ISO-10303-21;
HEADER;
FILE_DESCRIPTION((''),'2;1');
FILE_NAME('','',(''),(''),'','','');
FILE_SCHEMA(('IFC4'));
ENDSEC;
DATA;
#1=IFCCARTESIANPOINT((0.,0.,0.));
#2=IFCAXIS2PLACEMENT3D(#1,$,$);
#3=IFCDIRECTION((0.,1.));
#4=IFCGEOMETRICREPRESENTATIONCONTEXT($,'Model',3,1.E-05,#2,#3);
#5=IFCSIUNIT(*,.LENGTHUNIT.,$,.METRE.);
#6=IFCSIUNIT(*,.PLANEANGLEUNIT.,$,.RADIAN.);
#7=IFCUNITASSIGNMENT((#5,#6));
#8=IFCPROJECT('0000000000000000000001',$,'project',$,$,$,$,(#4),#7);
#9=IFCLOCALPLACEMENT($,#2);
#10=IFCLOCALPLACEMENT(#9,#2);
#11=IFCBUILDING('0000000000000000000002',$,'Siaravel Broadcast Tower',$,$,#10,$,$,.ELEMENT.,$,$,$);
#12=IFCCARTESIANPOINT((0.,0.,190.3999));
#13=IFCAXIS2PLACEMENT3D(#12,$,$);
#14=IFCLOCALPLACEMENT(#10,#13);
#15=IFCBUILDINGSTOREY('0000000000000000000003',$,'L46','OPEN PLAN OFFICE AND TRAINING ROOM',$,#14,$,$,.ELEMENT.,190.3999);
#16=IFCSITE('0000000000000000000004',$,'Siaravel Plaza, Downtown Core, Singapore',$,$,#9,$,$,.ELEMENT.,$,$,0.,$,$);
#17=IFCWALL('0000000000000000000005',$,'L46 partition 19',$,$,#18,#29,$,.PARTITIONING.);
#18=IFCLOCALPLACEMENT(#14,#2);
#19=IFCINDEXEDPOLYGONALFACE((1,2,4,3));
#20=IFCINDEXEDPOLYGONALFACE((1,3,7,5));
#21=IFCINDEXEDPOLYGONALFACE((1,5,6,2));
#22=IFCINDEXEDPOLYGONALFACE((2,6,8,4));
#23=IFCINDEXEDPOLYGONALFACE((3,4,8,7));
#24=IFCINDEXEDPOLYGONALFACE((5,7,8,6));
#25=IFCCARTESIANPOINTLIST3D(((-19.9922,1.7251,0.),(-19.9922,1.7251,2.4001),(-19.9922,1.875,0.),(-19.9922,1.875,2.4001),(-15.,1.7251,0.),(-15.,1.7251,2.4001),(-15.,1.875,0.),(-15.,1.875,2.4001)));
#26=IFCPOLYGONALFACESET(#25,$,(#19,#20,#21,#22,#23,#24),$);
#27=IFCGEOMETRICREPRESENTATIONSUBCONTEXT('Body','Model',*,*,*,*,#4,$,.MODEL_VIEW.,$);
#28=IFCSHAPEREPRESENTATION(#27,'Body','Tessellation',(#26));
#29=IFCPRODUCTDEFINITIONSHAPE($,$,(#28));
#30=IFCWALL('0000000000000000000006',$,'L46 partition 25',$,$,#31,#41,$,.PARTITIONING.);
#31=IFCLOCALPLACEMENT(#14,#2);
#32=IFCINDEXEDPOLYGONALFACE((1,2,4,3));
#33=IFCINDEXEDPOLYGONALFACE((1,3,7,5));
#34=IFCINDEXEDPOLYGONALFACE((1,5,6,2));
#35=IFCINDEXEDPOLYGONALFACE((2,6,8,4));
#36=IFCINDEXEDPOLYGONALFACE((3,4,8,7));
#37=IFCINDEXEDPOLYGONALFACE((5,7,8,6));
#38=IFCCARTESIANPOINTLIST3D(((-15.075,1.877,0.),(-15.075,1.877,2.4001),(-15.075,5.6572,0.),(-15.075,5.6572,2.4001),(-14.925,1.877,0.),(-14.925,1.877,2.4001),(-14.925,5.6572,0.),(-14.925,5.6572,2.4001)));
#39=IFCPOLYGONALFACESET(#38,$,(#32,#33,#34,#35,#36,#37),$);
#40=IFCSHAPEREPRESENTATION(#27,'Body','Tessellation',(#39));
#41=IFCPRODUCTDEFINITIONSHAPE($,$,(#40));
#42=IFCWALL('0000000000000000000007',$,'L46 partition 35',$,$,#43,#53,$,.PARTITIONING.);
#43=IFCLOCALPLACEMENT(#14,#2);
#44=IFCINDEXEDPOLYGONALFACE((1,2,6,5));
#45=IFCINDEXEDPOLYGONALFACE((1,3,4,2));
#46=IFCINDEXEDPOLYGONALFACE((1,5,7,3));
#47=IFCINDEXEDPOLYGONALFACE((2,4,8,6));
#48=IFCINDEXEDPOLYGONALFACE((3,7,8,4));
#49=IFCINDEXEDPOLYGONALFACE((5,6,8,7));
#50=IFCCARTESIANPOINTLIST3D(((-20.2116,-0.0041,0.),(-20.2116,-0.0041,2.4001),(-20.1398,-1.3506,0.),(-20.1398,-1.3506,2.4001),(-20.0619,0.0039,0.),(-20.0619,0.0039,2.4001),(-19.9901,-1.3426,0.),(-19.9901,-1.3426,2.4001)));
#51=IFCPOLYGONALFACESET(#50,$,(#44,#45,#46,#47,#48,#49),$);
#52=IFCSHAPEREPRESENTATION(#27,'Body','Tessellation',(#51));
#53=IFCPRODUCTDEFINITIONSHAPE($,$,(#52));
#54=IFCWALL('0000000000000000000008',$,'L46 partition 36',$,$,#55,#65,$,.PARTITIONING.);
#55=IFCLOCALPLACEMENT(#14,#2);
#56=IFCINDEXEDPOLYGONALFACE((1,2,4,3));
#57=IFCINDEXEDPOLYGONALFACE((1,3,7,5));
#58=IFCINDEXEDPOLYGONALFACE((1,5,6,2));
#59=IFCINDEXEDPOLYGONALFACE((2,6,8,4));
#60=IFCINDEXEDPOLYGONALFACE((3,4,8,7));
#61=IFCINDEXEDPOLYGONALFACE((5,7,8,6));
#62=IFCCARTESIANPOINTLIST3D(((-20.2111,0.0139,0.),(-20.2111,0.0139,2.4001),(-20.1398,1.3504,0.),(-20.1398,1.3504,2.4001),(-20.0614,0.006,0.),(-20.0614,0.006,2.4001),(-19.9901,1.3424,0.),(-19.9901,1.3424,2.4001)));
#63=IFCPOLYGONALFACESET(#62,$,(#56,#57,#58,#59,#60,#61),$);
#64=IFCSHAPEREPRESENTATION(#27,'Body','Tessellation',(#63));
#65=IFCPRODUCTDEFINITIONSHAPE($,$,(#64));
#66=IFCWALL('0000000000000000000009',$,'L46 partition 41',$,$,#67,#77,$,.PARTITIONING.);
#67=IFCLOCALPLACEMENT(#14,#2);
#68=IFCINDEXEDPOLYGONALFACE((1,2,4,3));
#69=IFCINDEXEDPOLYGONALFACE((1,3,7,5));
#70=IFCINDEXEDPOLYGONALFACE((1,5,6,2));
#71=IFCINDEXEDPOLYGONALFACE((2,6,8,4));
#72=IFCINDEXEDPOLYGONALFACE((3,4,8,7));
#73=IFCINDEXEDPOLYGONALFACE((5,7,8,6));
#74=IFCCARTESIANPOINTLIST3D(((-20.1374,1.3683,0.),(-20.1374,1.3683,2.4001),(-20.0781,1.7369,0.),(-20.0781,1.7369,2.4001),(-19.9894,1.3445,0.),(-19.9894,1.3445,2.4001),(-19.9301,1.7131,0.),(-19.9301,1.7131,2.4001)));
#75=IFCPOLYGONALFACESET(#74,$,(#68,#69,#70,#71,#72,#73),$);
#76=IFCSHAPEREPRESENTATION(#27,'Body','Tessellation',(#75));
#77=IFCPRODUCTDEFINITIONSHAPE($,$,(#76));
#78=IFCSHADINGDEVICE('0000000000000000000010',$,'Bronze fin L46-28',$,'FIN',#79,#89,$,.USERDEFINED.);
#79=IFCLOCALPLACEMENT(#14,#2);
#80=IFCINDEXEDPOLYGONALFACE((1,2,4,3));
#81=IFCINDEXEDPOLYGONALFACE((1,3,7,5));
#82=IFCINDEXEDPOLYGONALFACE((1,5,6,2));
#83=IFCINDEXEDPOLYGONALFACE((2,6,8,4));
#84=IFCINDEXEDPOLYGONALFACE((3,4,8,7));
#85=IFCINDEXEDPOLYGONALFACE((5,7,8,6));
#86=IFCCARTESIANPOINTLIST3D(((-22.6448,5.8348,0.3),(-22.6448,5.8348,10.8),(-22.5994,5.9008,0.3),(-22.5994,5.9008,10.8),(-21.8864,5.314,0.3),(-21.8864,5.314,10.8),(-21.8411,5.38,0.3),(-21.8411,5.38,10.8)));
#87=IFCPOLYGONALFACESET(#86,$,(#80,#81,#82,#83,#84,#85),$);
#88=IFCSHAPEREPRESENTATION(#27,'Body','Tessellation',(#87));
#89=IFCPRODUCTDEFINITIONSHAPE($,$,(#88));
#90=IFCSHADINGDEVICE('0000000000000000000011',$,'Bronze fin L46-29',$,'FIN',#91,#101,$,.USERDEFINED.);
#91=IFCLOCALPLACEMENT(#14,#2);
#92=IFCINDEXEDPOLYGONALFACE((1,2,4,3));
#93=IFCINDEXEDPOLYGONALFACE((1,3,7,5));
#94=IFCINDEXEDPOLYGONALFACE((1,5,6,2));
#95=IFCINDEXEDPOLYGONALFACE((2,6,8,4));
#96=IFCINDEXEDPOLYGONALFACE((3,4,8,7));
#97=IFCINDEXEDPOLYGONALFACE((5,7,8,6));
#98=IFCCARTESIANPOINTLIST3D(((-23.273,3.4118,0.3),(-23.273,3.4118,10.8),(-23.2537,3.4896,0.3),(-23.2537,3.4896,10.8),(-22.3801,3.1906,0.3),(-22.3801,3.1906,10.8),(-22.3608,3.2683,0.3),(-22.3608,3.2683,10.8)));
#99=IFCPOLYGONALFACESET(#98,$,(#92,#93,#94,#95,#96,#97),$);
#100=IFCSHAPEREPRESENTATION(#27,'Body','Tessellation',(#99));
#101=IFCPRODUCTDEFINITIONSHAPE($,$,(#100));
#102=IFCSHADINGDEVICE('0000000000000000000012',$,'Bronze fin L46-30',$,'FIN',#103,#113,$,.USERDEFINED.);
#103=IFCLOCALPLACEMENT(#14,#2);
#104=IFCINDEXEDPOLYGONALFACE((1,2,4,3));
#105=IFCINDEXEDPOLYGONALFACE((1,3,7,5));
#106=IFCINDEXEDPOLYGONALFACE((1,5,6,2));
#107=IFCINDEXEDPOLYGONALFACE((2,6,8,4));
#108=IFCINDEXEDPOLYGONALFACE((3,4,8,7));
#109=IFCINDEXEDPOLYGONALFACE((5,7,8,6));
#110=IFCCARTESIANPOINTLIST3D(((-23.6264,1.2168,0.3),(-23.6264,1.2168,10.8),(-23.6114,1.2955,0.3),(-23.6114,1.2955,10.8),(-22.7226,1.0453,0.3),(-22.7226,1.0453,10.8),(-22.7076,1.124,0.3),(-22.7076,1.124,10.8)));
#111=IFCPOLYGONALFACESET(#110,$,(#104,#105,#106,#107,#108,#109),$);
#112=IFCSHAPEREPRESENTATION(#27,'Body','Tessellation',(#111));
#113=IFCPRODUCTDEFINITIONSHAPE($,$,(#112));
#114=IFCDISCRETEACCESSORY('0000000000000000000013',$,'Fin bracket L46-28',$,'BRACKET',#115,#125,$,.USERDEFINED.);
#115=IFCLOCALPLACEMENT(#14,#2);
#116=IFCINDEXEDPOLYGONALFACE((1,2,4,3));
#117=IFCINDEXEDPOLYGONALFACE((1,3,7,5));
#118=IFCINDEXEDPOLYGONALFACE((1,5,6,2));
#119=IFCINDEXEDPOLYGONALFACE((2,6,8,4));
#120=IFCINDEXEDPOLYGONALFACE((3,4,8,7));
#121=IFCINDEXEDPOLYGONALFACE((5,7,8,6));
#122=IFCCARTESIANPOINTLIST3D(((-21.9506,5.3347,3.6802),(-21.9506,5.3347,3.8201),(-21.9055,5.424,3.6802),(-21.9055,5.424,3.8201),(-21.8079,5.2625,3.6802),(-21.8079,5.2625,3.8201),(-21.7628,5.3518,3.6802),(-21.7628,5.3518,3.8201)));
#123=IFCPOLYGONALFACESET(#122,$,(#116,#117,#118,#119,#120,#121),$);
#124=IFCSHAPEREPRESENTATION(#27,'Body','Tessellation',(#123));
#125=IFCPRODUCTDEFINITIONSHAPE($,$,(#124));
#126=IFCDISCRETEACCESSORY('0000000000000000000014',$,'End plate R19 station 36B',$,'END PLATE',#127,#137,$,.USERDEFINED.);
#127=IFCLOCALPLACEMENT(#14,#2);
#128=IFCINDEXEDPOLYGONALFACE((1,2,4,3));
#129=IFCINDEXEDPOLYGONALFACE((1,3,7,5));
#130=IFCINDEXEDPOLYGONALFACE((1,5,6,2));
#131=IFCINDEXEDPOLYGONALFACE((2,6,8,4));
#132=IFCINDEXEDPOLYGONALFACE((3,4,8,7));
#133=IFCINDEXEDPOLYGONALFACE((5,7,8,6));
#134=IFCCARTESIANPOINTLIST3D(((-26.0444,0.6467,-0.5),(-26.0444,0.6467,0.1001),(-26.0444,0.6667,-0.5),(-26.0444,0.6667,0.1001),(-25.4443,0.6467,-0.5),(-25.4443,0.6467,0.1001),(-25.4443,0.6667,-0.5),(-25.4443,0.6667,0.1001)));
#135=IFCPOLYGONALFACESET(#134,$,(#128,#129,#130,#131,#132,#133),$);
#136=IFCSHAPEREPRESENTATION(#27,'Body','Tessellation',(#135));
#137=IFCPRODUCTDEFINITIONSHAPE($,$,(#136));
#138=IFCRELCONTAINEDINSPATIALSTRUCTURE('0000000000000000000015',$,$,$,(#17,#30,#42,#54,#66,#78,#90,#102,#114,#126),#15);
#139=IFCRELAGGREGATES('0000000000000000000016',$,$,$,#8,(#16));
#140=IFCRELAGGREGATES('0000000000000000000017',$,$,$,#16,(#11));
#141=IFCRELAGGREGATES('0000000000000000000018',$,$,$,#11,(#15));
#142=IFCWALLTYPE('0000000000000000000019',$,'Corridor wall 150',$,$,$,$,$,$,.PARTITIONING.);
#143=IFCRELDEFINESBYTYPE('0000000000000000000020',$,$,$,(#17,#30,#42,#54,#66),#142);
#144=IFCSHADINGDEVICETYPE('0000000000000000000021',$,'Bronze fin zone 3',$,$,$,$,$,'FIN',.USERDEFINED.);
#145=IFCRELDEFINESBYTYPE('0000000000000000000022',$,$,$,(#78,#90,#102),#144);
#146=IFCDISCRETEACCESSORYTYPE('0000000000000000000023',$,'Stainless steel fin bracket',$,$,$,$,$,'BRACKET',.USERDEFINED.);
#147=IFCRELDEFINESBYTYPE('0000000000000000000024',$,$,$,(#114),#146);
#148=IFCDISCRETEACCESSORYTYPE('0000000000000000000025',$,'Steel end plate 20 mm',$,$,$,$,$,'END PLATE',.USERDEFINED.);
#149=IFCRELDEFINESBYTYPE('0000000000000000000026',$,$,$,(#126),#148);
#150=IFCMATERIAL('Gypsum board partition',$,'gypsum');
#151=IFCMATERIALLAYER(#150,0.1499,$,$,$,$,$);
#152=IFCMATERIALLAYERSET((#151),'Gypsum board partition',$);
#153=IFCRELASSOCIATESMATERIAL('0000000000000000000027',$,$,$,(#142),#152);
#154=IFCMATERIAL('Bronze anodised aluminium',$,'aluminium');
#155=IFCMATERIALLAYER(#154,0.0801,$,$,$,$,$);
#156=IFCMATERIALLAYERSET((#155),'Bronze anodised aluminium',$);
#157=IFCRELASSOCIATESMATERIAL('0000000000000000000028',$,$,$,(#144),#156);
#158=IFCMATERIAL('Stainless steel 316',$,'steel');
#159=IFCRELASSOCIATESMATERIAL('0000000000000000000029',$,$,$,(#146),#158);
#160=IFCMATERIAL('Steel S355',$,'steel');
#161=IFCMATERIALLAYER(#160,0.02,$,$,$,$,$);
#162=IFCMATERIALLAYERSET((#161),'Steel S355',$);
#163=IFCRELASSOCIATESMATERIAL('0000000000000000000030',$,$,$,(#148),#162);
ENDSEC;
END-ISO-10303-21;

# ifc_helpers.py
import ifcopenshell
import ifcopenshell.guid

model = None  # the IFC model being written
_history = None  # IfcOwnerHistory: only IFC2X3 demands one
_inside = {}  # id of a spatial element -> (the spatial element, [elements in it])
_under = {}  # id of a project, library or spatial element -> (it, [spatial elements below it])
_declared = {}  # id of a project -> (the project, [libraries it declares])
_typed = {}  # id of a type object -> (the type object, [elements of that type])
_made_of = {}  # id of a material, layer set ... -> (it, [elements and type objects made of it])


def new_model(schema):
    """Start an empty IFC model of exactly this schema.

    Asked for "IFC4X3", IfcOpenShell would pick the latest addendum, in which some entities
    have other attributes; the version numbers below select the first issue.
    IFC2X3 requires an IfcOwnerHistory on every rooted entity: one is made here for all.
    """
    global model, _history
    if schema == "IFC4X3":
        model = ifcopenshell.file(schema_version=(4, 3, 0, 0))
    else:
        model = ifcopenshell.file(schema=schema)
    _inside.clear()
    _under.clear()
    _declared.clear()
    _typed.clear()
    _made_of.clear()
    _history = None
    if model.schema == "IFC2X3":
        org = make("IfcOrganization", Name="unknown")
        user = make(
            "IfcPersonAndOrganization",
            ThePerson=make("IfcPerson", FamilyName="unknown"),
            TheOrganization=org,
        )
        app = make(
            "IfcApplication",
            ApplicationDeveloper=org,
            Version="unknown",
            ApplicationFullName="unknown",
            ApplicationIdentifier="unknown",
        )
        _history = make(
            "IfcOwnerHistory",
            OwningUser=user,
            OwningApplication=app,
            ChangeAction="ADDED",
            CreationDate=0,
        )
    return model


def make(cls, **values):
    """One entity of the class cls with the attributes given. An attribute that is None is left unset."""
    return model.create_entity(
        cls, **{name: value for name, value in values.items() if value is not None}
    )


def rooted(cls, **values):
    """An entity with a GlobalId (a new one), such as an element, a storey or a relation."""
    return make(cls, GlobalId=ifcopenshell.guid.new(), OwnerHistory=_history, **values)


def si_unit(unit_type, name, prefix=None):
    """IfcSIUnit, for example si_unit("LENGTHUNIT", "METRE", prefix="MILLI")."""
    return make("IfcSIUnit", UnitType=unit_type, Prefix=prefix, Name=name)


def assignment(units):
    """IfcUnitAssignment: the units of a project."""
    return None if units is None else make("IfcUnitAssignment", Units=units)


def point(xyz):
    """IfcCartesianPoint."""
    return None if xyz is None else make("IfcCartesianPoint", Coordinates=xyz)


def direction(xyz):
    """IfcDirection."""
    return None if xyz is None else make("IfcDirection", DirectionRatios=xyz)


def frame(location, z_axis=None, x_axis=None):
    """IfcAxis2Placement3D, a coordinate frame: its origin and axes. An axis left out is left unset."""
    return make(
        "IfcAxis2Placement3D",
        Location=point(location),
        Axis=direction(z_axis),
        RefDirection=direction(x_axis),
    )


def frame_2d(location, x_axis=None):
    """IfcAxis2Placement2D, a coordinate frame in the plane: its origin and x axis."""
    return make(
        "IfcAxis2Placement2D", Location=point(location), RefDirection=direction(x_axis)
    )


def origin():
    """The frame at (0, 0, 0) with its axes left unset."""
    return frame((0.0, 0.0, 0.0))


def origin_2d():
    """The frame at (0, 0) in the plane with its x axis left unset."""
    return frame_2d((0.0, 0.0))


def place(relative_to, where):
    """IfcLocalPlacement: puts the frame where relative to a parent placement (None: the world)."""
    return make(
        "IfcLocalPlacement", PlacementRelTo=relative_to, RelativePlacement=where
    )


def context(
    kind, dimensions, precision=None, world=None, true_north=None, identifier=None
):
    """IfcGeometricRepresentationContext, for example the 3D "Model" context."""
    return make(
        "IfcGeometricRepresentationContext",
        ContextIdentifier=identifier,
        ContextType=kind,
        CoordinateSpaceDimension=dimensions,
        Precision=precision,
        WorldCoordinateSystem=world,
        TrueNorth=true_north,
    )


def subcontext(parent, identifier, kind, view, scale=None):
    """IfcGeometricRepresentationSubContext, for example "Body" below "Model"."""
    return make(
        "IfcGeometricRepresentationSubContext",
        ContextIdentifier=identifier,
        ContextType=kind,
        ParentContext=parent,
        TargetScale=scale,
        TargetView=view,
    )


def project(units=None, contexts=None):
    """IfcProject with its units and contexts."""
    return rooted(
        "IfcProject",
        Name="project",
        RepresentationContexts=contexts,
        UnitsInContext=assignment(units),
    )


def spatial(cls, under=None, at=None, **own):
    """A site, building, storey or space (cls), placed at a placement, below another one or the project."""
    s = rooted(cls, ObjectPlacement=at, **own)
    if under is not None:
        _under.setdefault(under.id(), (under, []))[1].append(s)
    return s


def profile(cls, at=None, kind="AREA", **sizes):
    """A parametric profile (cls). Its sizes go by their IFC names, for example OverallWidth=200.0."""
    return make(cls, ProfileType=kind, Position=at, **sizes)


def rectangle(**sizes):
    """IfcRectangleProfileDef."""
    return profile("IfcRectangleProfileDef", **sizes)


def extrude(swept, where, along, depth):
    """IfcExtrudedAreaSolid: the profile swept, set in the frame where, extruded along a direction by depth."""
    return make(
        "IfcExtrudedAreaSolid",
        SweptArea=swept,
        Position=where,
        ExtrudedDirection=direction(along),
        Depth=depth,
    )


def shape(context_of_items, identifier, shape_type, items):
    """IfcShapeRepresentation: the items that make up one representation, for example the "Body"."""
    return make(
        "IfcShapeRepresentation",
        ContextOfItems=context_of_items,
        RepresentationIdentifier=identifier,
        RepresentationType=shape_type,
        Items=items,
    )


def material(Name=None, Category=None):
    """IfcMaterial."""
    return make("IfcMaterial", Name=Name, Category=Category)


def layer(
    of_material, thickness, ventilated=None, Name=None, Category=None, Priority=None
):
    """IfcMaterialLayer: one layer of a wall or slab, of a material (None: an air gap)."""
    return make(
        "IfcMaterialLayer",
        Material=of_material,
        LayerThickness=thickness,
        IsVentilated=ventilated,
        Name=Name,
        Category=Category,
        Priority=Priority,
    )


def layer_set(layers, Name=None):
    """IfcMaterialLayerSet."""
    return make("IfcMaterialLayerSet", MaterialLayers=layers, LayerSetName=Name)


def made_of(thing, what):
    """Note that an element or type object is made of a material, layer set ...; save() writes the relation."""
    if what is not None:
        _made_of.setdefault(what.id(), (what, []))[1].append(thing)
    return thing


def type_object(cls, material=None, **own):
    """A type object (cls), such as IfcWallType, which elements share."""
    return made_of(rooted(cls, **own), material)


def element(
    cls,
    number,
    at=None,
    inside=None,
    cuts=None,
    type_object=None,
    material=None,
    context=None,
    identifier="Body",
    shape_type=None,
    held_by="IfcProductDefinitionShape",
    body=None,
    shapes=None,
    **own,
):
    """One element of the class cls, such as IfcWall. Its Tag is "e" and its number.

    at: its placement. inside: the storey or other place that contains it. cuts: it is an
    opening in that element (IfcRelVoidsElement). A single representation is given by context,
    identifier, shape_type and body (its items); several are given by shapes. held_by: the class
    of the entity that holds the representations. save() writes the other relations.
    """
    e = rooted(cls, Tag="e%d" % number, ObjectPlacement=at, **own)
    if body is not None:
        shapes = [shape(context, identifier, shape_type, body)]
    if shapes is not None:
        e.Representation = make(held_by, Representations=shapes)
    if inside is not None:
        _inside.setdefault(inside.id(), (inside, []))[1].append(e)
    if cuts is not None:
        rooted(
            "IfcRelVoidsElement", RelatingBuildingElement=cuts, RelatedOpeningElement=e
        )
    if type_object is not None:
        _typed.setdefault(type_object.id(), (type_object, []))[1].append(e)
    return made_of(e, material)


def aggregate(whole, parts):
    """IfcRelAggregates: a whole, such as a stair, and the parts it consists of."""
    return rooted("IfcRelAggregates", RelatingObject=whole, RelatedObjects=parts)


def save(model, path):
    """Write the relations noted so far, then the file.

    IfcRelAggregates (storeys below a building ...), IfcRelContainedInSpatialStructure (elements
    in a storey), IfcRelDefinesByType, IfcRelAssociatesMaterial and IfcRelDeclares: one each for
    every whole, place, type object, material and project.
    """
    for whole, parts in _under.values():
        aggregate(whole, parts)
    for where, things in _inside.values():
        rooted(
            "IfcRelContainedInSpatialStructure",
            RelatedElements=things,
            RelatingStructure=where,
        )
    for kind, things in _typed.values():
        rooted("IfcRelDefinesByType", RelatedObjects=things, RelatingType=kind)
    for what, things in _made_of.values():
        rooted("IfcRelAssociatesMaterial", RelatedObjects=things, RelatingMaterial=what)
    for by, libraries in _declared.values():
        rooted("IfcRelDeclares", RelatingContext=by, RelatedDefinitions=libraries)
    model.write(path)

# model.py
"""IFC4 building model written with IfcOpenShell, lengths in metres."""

from ifc_helpers import new_model, si_unit, direction, frame, frame_2d, origin, origin_2d, place, context, subcontext, project, spatial, rectangle, extrude, material, layer, layer_set, type_object, element, save


model = new_model("IFC4")

# Units and contexts
model_context = context("Model", 3, precision=1e-05, world=origin(), true_north=direction((0.0, 1.0)))
body_context = subcontext(model_context, "Body", "Model", "MODEL_VIEW")
ifc_project = project(units=[si_unit("LENGTHUNIT", "METRE"), si_unit("PLANEANGLEUNIT", "RADIAN")], contexts=[model_context])

# Site, building, storey
site_placement = place(None, origin())
site = spatial("IfcSite", under=ifc_project, at=site_placement, Name="Siaravel Plaza, Downtown Core, Singapore", CompositionType="ELEMENT", RefElevation=0.0)
building_placement = place(site_placement, origin())
building = spatial("IfcBuilding", under=site, at=building_placement, Name="Siaravel Broadcast Tower", CompositionType="ELEMENT")
storey_placement = place(building_placement, frame((0.0, 0.0, 190.3999)))
storey = spatial("IfcBuildingStorey", under=building, at=storey_placement, Name="L46", Description="OPEN PLAN OFFICE AND TRAINING ROOM", CompositionType="ELEMENT", Elevation=190.3999)

# Shared definitions
ifc_material_1 = material(Name="Steel S355", Category="steel")

# Walls
ifc_material_2 = material(Name="Gypsum board partition", Category="gypsum")
ifc_layer_1 = layer(ifc_material_2, 0.1499)
ifc_layer_set_1 = layer_set([ifc_layer_1], Name="Gypsum board partition")
wall_type = type_object("IfcWallType", Name="Corridor wall 150", PredefinedType="PARTITIONING", material=ifc_layer_set_1)
wall_1_placement = place(storey_placement, frame((-15.0, 1.8, 0.0), z_axis=(0.0, 0.0, 1.0), x_axis=(-1.0, 0.0, 0.0)))
element("IfcWall", 1, at=wall_1_placement, inside=storey, type_object=wall_type, Name="L46 partition 19", PredefinedType="PARTITIONING", context=body_context, shape_type="SweptSolid", body=[
    extrude(rectangle(XDim=4.9922, YDim=0.1499, at=frame_2d((2.4961, 0.0))), origin(), (0.0, 0.0, 1.0), 2.4001),
])
wall_2_placement = place(storey_placement, frame((-15.0, 5.6572, 0.0), z_axis=(0.0, 0.0, 1.0), x_axis=(0.0, -1.0, 0.0)))
element("IfcWall", 2, at=wall_2_placement, inside=storey, type_object=wall_type, Name="L46 partition 25", PredefinedType="PARTITIONING", context=body_context, shape_type="SweptSolid", body=[
    extrude(rectangle(XDim=3.7803, YDim=0.1499, at=frame_2d((1.8901, 0.0))), origin(), (0.0, 0.0, 1.0), 2.4001),
])
wall_3_placement = place(storey_placement, frame((-20.1367, 0.0, 0.0), z_axis=(0.0, 0.0, 1.0), x_axis=(0.053234, -0.998582, 0.0)))
element("IfcWall", 3, at=wall_3_placement, inside=storey, type_object=wall_type, Name="L46 partition 35", PredefinedType="PARTITIONING", context=body_context, shape_type="SweptSolid", body=[
    extrude(rectangle(XDim=1.3484, YDim=0.1499, at=frame_2d((0.6743, 0.0))), origin(), (0.0, 0.0, 1.0), 2.4001),
])
wall_4_placement = place(storey_placement, frame((-20.0649, 1.3464, 0.0), z_axis=(0.0, 0.0, 1.0), x_axis=(-0.053267, -0.99858, 0.0)))
element("IfcWall", 4, at=wall_4_placement, inside=storey, type_object=wall_type, Name="L46 partition 36", PredefinedType="PARTITIONING", context=body_context, shape_type="SweptSolid", body=[
    extrude(rectangle(XDim=1.3384, YDim=0.1499, at=frame_2d((0.6692, 0.0))), origin(), (0.0, 0.0, 1.0), 2.4001),
])
wall_5_placement = place(storey_placement, frame((-20.0042, 1.7249, 0.0), z_axis=(0.0, 0.0, 1.0), x_axis=(-0.158883, -0.987297, 0.0)))
element("IfcWall", 5, at=wall_5_placement, inside=storey, type_object=wall_type, Name="L46 partition 41", PredefinedType="PARTITIONING", context=body_context, shape_type="SweptSolid", body=[
    extrude(rectangle(XDim=0.3733, YDim=0.1499, at=frame_2d((0.1865, 0.0))), origin(), (0.0, 0.0, 1.0), 2.4001),
])

# Shading devices
ifc_material_3 = material(Name="Bronze anodised aluminium", Category="aluminium")
ifc_layer_2 = layer(ifc_material_3, 0.0801)
ifc_layer_set_2 = layer_set([ifc_layer_2], Name="Bronze anodised aluminium")
shading_device_type = type_object("IfcShadingDeviceType", Name="Bronze fin zone 3", ElementType="FIN", PredefinedType="USERDEFINED", material=ifc_layer_set_2)
for number, where, z_axis, x_axis, name in (
    (6, (-22.2429, 5.6074, 0.3), (0.0, 0.0, 1.0), (-0.824341, 0.566094, 0.0), "Bronze fin L46-28"),
    (7, (-22.8169, 3.3401, 0.3), (0.0, 0.0, 1.0), (-0.970653, 0.240484, 0.0), "Bronze fin L46-29"),
    (8, (-23.167, 1.1704, 0.3), (0.0, 0.0, 1.0), (-0.982468, 0.18643, 0.0), "Bronze fin L46-30"),
):
    element("IfcShadingDevice", number, at=place(storey_placement, frame(where, z_axis=z_axis, x_axis=x_axis)), inside=storey, type_object=shading_device_type, Name=name, ObjectType="FIN", PredefinedType="USERDEFINED", context=body_context, shape_type="SweptSolid", body=[
        extrude(rectangle(XDim=0.9199, YDim=0.0801, at=origin_2d()), origin(), (0.0, 0.0, 1.0), 10.5),
    ])

# Discrete accessories
ifc_material_4 = material(Name="Stainless steel 316", Category="steel")
discrete_accessory_type_1 = type_object("IfcDiscreteAccessoryType", Name="Stainless steel fin bracket", ElementType="BRACKET", PredefinedType="USERDEFINED", material=ifc_material_4)
discrete_accessory_1_placement = place(storey_placement, frame((-21.8567, 5.3433, 3.6802), z_axis=(0.0, 0.0, 1.0), x_axis=(-0.892392, 0.451261, 0.0)))
element("IfcDiscreteAccessory", 9, at=discrete_accessory_1_placement, inside=storey, type_object=discrete_accessory_type_1, Name="Fin bracket L46-28", ObjectType="BRACKET", PredefinedType="USERDEFINED", context=body_context, shape_type="SweptSolid", body=[
    extrude(rectangle(XDim=0.1599, YDim=0.1001, at=origin_2d()), origin(), (0.0, 0.0, 1.0), 0.1399),
])
ifc_layer_3 = layer(ifc_material_1, 0.02)
ifc_layer_set_3 = layer_set([ifc_layer_3], Name="Steel S355")
discrete_accessory_type_2 = type_object("IfcDiscreteAccessoryType", Name="Steel end plate 20 mm", ElementType="END PLATE", PredefinedType="USERDEFINED", material=ifc_layer_set_3)
discrete_accessory_2_placement = place(storey_placement, frame((-25.7444, 0.6567, -0.5), z_axis=(0.0, 0.0, 1.0), x_axis=(0.0, -1.0, 0.0)))
element("IfcDiscreteAccessory", 10, at=discrete_accessory_2_placement, inside=storey, type_object=discrete_accessory_type_2, Name="End plate R19 station 36B", ObjectType="END PLATE", PredefinedType="USERDEFINED", context=body_context, shape_type="SweptSolid", body=[
    extrude(rectangle(XDim=0.02, YDim=0.6001, at=origin_2d()), origin(), (0.0, 0.0, 1.0), 0.6001),
])

save(model, "model.ifc")
